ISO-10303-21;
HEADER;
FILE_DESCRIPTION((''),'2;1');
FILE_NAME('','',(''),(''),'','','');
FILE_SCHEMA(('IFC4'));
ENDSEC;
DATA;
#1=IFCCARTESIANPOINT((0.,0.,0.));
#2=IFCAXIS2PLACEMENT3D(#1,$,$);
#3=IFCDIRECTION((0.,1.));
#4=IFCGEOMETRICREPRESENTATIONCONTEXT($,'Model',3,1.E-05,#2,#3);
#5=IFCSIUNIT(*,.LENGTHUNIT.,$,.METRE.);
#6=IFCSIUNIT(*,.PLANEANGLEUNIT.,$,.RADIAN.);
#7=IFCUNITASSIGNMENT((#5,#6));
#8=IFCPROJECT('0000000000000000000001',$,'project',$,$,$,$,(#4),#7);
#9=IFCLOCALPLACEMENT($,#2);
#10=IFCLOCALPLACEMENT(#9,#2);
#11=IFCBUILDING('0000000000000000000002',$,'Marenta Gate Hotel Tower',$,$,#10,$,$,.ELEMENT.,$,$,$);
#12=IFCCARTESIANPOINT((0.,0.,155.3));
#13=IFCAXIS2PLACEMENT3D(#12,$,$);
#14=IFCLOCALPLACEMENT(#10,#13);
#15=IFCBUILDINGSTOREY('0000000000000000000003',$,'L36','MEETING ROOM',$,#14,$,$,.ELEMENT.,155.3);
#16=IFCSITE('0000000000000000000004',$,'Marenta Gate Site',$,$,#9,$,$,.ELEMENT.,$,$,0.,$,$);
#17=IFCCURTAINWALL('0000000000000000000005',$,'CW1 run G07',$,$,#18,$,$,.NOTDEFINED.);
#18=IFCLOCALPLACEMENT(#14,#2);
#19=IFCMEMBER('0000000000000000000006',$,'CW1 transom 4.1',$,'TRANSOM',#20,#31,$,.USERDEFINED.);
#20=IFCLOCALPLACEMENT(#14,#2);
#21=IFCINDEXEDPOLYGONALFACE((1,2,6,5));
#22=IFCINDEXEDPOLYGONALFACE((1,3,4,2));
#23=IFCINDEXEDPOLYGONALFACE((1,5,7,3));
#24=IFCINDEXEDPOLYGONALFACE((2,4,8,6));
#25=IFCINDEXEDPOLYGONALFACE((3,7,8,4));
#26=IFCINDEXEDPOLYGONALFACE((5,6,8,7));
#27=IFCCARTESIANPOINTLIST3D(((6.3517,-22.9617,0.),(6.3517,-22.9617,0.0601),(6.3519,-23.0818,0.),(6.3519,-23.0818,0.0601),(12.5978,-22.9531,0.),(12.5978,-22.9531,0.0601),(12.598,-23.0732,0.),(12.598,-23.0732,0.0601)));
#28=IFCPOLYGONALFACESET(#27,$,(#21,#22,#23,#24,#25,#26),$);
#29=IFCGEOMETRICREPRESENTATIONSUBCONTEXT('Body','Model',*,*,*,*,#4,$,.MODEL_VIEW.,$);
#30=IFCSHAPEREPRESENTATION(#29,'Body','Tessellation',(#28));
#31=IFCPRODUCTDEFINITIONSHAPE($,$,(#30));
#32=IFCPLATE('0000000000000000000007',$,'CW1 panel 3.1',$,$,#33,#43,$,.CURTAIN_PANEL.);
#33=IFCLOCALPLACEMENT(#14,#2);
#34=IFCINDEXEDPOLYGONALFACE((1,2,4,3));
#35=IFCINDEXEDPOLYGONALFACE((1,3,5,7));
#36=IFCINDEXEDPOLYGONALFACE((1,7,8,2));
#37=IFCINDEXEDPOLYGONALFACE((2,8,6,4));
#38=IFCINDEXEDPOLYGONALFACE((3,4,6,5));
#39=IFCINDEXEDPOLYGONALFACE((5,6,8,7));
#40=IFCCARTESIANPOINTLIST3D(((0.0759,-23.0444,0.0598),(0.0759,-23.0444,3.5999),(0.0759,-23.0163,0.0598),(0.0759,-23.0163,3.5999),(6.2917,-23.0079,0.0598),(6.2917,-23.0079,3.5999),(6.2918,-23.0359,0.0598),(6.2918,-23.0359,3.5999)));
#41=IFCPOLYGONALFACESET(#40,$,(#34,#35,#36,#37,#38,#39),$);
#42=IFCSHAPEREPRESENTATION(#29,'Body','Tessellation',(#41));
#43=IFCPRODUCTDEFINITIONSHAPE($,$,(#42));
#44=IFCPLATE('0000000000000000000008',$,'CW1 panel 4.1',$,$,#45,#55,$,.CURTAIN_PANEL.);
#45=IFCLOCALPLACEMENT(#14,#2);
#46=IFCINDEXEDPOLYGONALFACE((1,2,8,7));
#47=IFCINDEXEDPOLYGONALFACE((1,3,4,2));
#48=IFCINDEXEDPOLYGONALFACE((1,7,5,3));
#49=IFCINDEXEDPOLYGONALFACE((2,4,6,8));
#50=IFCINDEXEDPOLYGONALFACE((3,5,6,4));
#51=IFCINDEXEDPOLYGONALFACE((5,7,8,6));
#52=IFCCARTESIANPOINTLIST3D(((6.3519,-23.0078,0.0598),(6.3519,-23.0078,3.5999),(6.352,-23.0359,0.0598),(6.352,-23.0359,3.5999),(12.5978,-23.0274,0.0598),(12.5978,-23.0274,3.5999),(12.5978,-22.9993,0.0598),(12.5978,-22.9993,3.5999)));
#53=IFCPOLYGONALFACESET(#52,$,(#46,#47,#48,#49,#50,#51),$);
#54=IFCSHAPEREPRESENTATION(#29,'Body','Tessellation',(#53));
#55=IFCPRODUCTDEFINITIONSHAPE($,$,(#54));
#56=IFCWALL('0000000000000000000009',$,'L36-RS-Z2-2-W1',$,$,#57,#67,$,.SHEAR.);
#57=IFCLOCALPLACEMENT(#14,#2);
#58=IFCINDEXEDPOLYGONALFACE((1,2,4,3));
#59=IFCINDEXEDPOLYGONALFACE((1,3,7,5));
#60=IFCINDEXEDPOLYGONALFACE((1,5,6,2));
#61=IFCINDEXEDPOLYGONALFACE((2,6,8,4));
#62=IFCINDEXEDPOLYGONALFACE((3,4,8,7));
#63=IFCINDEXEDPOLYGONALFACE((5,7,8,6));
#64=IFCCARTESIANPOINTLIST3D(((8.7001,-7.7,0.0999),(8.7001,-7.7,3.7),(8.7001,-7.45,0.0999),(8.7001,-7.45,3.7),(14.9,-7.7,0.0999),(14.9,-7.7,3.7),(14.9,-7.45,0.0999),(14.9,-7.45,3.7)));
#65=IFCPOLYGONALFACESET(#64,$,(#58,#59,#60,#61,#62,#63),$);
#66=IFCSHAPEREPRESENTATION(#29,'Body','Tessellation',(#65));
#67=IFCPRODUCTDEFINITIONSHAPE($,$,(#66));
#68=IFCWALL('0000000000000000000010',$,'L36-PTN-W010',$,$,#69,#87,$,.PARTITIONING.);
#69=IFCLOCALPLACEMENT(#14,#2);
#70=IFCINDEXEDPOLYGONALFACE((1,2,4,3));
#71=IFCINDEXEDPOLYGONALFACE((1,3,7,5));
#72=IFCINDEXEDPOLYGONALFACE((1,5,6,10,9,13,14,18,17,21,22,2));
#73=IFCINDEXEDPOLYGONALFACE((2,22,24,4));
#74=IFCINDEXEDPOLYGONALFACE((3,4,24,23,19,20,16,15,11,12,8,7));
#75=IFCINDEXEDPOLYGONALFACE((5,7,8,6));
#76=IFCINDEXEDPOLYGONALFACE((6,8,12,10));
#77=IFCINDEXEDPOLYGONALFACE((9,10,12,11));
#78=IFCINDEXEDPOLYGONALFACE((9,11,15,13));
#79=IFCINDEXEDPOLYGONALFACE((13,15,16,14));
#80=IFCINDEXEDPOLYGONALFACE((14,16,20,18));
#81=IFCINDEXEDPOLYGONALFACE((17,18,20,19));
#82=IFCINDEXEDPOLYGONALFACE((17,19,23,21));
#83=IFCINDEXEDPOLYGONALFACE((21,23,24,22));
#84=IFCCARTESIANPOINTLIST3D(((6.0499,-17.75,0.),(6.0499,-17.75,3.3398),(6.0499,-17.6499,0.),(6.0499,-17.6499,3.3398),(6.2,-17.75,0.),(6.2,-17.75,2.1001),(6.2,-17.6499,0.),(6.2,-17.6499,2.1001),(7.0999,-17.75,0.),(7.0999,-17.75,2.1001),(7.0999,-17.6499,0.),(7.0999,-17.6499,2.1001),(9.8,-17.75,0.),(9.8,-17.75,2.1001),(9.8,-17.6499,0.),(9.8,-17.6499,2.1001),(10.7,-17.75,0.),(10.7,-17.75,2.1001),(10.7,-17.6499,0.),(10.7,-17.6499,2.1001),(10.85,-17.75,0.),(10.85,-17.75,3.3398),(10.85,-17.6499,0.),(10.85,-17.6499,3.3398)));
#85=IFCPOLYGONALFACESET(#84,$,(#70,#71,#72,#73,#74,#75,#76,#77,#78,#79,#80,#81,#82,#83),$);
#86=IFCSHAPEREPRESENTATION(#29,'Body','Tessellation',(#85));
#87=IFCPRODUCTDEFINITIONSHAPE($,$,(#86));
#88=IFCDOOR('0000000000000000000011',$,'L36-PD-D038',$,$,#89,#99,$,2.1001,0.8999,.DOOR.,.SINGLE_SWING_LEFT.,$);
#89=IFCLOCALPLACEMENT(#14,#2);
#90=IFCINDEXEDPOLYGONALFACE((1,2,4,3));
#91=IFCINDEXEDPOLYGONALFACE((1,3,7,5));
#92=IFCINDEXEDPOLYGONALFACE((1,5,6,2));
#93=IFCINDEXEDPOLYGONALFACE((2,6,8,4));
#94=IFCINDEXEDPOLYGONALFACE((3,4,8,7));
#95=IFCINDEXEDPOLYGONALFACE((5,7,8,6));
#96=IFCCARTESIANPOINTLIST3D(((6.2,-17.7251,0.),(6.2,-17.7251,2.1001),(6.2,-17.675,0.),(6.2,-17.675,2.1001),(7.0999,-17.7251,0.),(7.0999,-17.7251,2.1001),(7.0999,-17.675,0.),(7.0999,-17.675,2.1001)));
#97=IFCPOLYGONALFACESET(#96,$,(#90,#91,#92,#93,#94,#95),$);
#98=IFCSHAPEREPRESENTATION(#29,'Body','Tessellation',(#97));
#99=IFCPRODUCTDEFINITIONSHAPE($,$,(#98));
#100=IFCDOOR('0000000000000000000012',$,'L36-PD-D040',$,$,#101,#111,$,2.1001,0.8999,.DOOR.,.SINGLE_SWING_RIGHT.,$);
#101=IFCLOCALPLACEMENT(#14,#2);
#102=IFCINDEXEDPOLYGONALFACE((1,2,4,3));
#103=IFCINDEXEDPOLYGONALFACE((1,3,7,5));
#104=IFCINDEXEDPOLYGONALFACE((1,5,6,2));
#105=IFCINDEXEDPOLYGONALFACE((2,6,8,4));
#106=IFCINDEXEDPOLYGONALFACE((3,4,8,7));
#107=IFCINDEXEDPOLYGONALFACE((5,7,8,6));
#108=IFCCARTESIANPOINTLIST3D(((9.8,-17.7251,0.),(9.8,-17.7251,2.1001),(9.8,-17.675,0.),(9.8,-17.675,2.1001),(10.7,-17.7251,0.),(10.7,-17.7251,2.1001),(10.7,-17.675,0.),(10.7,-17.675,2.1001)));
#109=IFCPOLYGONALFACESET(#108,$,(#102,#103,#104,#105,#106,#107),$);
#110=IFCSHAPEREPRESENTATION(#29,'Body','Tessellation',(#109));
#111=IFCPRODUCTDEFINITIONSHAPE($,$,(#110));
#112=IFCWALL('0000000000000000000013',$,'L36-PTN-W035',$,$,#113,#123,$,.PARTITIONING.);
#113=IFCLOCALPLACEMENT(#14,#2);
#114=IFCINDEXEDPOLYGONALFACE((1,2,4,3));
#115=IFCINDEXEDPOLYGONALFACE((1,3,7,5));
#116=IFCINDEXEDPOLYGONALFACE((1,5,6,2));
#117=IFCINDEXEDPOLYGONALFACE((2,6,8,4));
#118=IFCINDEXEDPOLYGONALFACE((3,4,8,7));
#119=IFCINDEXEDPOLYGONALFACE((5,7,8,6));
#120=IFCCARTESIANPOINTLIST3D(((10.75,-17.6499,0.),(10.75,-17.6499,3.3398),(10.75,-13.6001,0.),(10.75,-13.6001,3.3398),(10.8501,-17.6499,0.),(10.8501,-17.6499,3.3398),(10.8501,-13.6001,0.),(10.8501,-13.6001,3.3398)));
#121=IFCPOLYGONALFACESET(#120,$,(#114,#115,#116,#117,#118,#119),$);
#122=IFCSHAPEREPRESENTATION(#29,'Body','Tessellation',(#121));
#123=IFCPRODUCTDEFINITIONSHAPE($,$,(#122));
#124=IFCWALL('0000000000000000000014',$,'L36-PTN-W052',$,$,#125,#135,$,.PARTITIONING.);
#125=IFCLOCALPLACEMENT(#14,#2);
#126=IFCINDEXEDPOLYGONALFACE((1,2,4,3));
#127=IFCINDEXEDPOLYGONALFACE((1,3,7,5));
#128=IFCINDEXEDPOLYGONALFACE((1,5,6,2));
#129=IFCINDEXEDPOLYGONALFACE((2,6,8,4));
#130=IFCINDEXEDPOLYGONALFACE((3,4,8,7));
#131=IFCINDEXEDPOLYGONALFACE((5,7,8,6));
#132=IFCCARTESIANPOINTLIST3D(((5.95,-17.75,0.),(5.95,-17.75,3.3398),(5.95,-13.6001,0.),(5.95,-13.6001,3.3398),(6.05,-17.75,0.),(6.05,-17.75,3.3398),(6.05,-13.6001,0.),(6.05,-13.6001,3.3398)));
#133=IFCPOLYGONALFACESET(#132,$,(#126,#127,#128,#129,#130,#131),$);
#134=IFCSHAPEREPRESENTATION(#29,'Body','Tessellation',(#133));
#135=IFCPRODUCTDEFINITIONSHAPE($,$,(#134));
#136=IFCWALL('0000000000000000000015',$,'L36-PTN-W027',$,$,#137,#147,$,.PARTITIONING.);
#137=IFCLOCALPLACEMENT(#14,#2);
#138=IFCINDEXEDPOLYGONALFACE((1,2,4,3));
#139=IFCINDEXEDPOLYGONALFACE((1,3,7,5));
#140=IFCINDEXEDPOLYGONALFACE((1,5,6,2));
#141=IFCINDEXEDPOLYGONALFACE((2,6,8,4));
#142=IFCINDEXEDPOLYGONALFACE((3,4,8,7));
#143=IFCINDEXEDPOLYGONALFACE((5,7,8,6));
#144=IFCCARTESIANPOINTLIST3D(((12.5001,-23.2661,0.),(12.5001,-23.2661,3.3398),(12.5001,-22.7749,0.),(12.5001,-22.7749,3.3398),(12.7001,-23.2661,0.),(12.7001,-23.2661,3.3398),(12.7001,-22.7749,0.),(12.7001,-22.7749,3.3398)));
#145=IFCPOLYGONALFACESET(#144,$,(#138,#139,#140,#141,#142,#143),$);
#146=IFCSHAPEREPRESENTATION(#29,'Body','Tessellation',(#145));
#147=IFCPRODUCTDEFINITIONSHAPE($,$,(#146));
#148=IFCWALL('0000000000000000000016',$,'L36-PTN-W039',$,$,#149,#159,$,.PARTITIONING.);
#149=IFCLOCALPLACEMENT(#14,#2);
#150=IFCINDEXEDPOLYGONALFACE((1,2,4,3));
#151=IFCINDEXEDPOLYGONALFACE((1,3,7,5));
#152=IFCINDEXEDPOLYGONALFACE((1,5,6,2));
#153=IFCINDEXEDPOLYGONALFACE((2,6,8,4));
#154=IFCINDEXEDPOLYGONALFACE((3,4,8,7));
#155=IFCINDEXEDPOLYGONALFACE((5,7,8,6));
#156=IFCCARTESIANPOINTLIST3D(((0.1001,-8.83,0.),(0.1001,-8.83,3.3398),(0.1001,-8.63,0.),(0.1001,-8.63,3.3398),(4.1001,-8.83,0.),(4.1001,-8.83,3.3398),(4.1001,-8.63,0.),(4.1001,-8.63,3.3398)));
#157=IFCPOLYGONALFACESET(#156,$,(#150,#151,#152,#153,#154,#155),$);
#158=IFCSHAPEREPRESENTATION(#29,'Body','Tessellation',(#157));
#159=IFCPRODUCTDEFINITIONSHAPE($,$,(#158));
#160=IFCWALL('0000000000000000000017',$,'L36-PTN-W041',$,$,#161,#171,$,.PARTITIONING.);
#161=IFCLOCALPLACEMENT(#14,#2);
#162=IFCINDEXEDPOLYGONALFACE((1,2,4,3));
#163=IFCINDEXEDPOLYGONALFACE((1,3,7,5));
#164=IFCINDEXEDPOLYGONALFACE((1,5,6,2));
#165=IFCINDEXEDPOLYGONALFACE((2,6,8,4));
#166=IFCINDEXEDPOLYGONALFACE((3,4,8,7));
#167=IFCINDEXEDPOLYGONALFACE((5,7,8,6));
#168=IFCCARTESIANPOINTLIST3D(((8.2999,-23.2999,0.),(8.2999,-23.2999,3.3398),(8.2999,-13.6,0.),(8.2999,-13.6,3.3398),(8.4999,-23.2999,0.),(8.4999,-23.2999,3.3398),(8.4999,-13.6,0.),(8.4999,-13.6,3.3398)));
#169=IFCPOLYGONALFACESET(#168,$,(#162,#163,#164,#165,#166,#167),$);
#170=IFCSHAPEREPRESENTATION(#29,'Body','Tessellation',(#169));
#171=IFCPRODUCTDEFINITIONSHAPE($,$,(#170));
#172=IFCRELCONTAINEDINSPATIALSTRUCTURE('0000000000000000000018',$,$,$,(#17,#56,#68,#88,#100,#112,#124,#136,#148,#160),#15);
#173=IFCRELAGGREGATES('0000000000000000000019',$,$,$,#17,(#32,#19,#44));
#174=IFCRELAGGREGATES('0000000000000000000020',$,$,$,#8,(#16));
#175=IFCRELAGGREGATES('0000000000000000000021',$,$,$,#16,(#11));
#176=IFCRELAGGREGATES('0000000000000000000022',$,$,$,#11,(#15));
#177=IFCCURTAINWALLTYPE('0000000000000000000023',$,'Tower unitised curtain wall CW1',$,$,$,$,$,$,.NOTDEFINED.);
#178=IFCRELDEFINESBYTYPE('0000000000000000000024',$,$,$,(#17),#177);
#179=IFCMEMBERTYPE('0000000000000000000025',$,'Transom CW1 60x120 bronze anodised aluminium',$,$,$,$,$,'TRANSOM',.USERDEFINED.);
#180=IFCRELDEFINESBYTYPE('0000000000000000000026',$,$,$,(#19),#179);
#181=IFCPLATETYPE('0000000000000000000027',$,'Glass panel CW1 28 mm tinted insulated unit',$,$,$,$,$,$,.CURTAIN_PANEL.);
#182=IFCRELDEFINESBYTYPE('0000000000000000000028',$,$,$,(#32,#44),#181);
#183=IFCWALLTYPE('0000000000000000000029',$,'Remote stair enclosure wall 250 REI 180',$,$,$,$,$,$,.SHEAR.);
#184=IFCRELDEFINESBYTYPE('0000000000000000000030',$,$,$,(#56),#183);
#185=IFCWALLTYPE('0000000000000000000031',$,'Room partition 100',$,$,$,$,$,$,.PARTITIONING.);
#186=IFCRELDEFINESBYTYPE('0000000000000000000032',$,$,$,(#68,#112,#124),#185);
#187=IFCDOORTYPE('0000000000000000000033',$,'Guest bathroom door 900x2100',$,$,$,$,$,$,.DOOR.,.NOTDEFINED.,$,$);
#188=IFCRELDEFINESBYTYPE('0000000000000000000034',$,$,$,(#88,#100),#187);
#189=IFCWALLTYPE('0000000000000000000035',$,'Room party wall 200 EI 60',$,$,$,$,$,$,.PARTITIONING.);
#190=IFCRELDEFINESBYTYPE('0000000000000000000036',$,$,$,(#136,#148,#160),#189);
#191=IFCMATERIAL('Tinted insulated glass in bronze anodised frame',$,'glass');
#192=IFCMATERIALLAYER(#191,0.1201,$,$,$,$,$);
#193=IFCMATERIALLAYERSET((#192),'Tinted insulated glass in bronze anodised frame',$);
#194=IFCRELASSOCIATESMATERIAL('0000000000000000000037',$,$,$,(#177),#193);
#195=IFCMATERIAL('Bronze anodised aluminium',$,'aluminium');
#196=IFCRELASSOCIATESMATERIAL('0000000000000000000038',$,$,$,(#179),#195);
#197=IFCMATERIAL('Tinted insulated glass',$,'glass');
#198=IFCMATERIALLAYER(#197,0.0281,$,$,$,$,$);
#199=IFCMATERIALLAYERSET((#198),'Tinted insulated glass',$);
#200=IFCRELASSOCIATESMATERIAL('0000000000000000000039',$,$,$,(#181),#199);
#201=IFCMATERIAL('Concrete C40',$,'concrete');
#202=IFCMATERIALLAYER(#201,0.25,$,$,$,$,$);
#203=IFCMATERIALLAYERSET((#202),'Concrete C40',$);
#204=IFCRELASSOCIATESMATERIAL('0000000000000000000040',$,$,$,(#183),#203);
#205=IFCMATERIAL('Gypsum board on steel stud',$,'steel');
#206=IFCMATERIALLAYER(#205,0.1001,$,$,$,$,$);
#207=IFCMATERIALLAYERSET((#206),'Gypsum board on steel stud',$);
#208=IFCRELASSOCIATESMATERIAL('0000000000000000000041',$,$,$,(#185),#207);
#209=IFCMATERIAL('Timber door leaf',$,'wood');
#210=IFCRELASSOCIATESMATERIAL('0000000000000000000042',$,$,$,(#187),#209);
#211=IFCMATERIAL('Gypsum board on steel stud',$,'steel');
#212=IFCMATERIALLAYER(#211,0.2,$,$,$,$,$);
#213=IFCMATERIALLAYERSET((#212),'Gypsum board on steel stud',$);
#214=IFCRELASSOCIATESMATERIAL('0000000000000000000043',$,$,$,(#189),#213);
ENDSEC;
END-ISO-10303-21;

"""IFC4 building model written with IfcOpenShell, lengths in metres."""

from ifc_helpers import new_model, si_unit, direction, frame, frame_2d, origin, origin_2d, place, context, subcontext, project, spatial, rectangle, extrude, material, layer, layer_set, material_profile, profile_set, type_object, element, fill, aggregate, save


model = new_model("IFC4")

# Units and contexts
model_context = context("Model", 3, precision=1e-05, world=origin(), true_north=direction((0.0, 1.0)))
body_context = subcontext(model_context, "Body", "Model", "MODEL_VIEW")
ifc_project = project(units=[si_unit("LENGTHUNIT", "METRE"), si_unit("PLANEANGLEUNIT", "RADIAN")], contexts=[model_context])

# Site, building, storey
site_placement = place(None, origin())
site = spatial("IfcSite", under=ifc_project, at=site_placement, Name="Marenta Gate Site", CompositionType="ELEMENT", RefElevation=0.0)
building_placement = place(site_placement, origin())
building = spatial("IfcBuilding", under=site, at=building_placement, Name="Marenta Gate Hotel Tower", CompositionType="ELEMENT")
storey_placement = place(building_placement, frame((0.0, 0.0, 155.3)))
storey = spatial("IfcBuildingStorey", under=building, at=storey_placement, Name="L36", Description="MEETING ROOM", CompositionType="ELEMENT", Elevation=155.3)

# Curtain wall, member, plates
ifc_material_1 = material(Name="Tinted insulated glass in bronze anodised frame", Category="glass")
ifc_layer_1 = layer(ifc_material_1, 0.1201)
ifc_layer_set_1 = layer_set([ifc_layer_1], Name="Tinted insulated glass in bronze anodised frame")
curtain_wall_type = type_object("IfcCurtainWallType", Name="Tower unitised curtain wall CW1", PredefinedType="NOTDEFINED", material=ifc_layer_set_1)
curtain_wall_placement = place(storey_placement, origin())
curtain_wall = element("IfcCurtainWall", 1, at=curtain_wall_placement, inside=storey, type_object=curtain_wall_type, Name="CW1 run G07", PredefinedType="NOTDEFINED")
ifc_material_2 = material(Name="Bronze anodised aluminium", Category="aluminium")
ifc_material_profile_1 = material_profile(ifc_material_2, rectangle(XDim=0.1201, YDim=0.0601, at=origin_2d()), Name="Transom CW1 60x120 bronze anodised aluminium")
ifc_profile_set_1 = profile_set([ifc_material_profile_1], Name="Bronze anodised aluminium")
member_type_1 = type_object("IfcMemberType", Name="Transom CW1 60x120 bronze anodised aluminium", ElementType="TRANSOM", PredefinedType="USERDEFINED", material=ifc_profile_set_1)
member_1_placement = place(storey_placement, frame((6.3518, -23.0217, 0.03), z_axis=(0.999999, 0.001368, 0.0), x_axis=(-0.001368, 0.999999, 0.0)))
member_1 = element("IfcMember", 2, at=member_1_placement, type_object=member_type_1, Name="CW1 transom 4.1", ObjectType="TRANSOM", PredefinedType="USERDEFINED", context=body_context, shape_type="SweptSolid", body=[
    extrude(rectangle(XDim=0.1201, YDim=0.0601, at=origin_2d()), origin(), (0.0, 0.0, 1.0), 6.2461),
])
ifc_material_3 = material(Name="Tinted insulated glass", Category="glass")
ifc_layer_2 = layer(ifc_material_3, 0.0281)
ifc_layer_set_2 = layer_set([ifc_layer_2], Name="Tinted insulated glass")
plate_type = type_object("IfcPlateType", Name="Glass panel CW1 28 mm tinted insulated unit", PredefinedType="CURTAIN_PANEL", material=ifc_layer_set_2)
plate_1_placement = place(storey_placement, frame((3.1838, -23.0261, 0.0598), z_axis=(0.0, 0.0, 1.0), x_axis=(0.999999, 0.001362, 0.0)))
plate_1 = element("IfcPlate", 3, at=plate_1_placement, type_object=plate_type, Name="CW1 panel 3.1", PredefinedType="CURTAIN_PANEL", context=body_context, shape_type="SweptSolid", body=[
    extrude(rectangle(XDim=6.2158, YDim=0.0281, at=origin_2d()), origin(), (0.0, 0.0, 1.0), 3.54),
])
plate_2_placement = place(storey_placement, frame((9.4749, -23.0176, 0.0598), z_axis=(0.0, 0.0, 1.0), x_axis=(0.999999, 0.001362, 0.0)))
plate_2 = element("IfcPlate", 4, at=plate_2_placement, type_object=plate_type, Name="CW1 panel 4.1", PredefinedType="CURTAIN_PANEL", context=body_context, shape_type="SweptSolid", body=[
    extrude(rectangle(XDim=6.2458, YDim=0.0281, at=origin_2d()), origin(), (0.0, 0.0, 1.0), 3.54),
])
aggregate(curtain_wall, [plate_1, member_1, plate_2])

# Wall
ifc_material_4 = material(Name="Concrete C40", Category="concrete")
ifc_layer_3 = layer(ifc_material_4, 0.25)
ifc_layer_set_3 = layer_set([ifc_layer_3], Name="Concrete C40")
wall_type_1 = type_object("IfcWallType", Name="Remote stair enclosure wall 250 REI 180", PredefinedType="SHEAR", material=ifc_layer_set_3)
wall_1_placement = place(storey_placement, frame((8.7, -7.575, 0.0999), z_axis=(0.0, 0.0, 1.0), x_axis=(1.0, 0.0, 0.0)))
element("IfcWall", 5, at=wall_1_placement, inside=storey, type_object=wall_type_1, Name="L36-RS-Z2-2-W1", PredefinedType="SHEAR", context=body_context, shape_type="SweptSolid", body=[
    extrude(rectangle(XDim=6.2, YDim=0.25, at=frame_2d((3.1001, 0.0))), origin(), (0.0, 0.0, 1.0), 3.6001),
])

# Wall, openings, doors
ifc_material_5 = material(Name="Gypsum board on steel stud", Category="steel")
ifc_layer_4 = layer(ifc_material_5, 0.1001)
ifc_layer_set_4 = layer_set([ifc_layer_4], Name="Gypsum board on steel stud")
wall_type_2 = type_object("IfcWallType", Name="Room partition 100", PredefinedType="PARTITIONING", material=ifc_layer_set_4)
wall_2_placement = place(storey_placement, frame((6.05, -17.7, 0.0), z_axis=(0.0, 0.0, 1.0), x_axis=(1.0, 0.0, 0.0)))
wall_2 = element("IfcWall", 6, at=wall_2_placement, inside=storey, type_object=wall_type_2, Name="L36-PTN-W010", PredefinedType="PARTITIONING", context=body_context, shape_type="SweptSolid", body=[
    extrude(rectangle(XDim=4.8, YDim=0.1001, at=frame_2d((2.3999, 0.0))), origin(), (0.0, 0.0, 1.0), 3.3398),
])
opening_1_placement = place(wall_2_placement, frame((0.1499, 0.0, 0.0)))
opening_1 = element("IfcOpeningElement", 7, at=opening_1_placement, cuts=wall_2, PredefinedType="OPENING", context=body_context, shape_type="SweptSolid", body=[
    extrude(rectangle(XDim=0.8999, YDim=2.1001, at=frame_2d((0.45, 1.05))), frame((0.0, 0.05, 0.0), z_axis=(0.0, -1.0, 0.0), x_axis=(1.0, 0.0, 0.0)), (0.0, 0.0, 1.0), 0.1001),
])
opening_2_placement = place(wall_2_placement, frame((3.75, 0.0, 0.0)))
opening_2 = element("IfcOpeningElement", 8, at=opening_2_placement, cuts=wall_2, PredefinedType="OPENING", context=body_context, shape_type="SweptSolid", body=[
    extrude(rectangle(XDim=0.8999, YDim=2.1001, at=frame_2d((0.45, 1.05))), frame((0.0, 0.05, 0.0), z_axis=(0.0, -1.0, 0.0), x_axis=(1.0, 0.0, 0.0)), (0.0, 0.0, 1.0), 0.1001),
])
ifc_material_6 = material(Name="Timber door leaf", Category="wood")
door_type = type_object("IfcDoorType", Name="Guest bathroom door 900x2100", OperationType="NOTDEFINED", PredefinedType="DOOR", material=ifc_material_6)
door_1_placement = place(opening_1_placement, origin())
door_1 = element("IfcDoor", 9, at=door_1_placement, inside=storey, type_object=door_type, Name="L36-PD-D038", OperationType="SINGLE_SWING_LEFT", OverallHeight=2.1001, OverallWidth=0.8999, PredefinedType="DOOR", context=body_context, shape_type="SweptSolid", body=[
    extrude(rectangle(XDim=0.8999, YDim=2.1001, at=frame_2d((0.45, 1.05))), frame((0.0, 0.0249, 0.0), z_axis=(0.0, -1.0, 0.0), x_axis=(1.0, 0.0, 0.0)), (0.0, 0.0, 1.0), 0.05),
])
fill(opening_1, door_1)
door_2_placement = place(opening_2_placement, origin())
door_2 = element("IfcDoor", 10, at=door_2_placement, inside=storey, type_object=door_type, Name="L36-PD-D040", OperationType="SINGLE_SWING_RIGHT", OverallHeight=2.1001, OverallWidth=0.8999, PredefinedType="DOOR", context=body_context, shape_type="SweptSolid", body=[
    extrude(rectangle(XDim=0.8999, YDim=2.1001, at=frame_2d((0.45, 1.05))), frame((0.0, 0.0249, 0.0), z_axis=(0.0, -1.0, 0.0), x_axis=(1.0, 0.0, 0.0)), (0.0, 0.0, 1.0), 0.05),
])
fill(opening_2, door_2)

# Walls
wall_3_placement = place(storey_placement, frame((10.8, -17.6499, 0.0), z_axis=(0.0, 0.0, 1.0), x_axis=(0.0, 1.0, 0.0)))
element("IfcWall", 11, at=wall_3_placement, inside=storey, type_object=wall_type_2, Name="L36-PTN-W035", PredefinedType="PARTITIONING", context=body_context, shape_type="SweptSolid", body=[
    extrude(rectangle(XDim=4.0498, YDim=0.1001, at=frame_2d((2.0249, 0.0))), origin(), (0.0, 0.0, 1.0), 3.3398),
])
wall_4_placement = place(storey_placement, frame((6.0, -17.75, 0.0), z_axis=(0.0, 0.0, 1.0), x_axis=(0.0, 1.0, 0.0)))
element("IfcWall", 12, at=wall_4_placement, inside=storey, type_object=wall_type_2, Name="L36-PTN-W052", PredefinedType="PARTITIONING", context=body_context, shape_type="SweptSolid", body=[
    extrude(rectangle(XDim=4.1499, YDim=0.1001, at=frame_2d((2.075, 0.0))), origin(), (0.0, 0.0, 1.0), 3.3398),
])
ifc_material_7 = material(Name="Gypsum board on steel stud", Category="steel")
ifc_layer_5 = layer(ifc_material_7, 0.2)
ifc_layer_set_5 = layer_set([ifc_layer_5], Name="Gypsum board on steel stud")
wall_type_3 = type_object("IfcWallType", Name="Room party wall 200 EI 60", PredefinedType="PARTITIONING", material=ifc_layer_set_5)
wall_5_placement = place(storey_placement, frame((12.6001, -23.2661, 0.0), z_axis=(0.0, 0.0, 1.0), x_axis=(0.0, 1.0, 0.0)))
element("IfcWall", 13, at=wall_5_placement, inside=storey, type_object=wall_type_3, Name="L36-PTN-W027", PredefinedType="PARTITIONING", context=body_context, shape_type="SweptSolid", body=[
    extrude(rectangle(XDim=0.4912, YDim=0.2, at=frame_2d((0.2456, 0.0))), origin(), (0.0, 0.0, 1.0), 3.3398),
])
wall_6_placement = place(storey_placement, frame((0.1001, -8.73, 0.0), z_axis=(0.0, 0.0, 1.0), x_axis=(1.0, 0.0, 0.0)))
element("IfcWall", 14, at=wall_6_placement, inside=storey, type_object=wall_type_3, Name="L36-PTN-W039", PredefinedType="PARTITIONING", context=body_context, shape_type="SweptSolid", body=[
    extrude(rectangle(XDim=4.0, YDim=0.2, at=frame_2d((2.0, 0.0))), origin(), (0.0, 0.0, 1.0), 3.3398),
])
wall_7_placement = place(storey_placement, frame((8.3999, -23.3, 0.0), z_axis=(0.0, 0.0, 1.0), x_axis=(0.0, 1.0, 0.0)))
element("IfcWall", 15, at=wall_7_placement, inside=storey, type_object=wall_type_3, Name="L36-PTN-W041", PredefinedType="PARTITIONING", context=body_context, shape_type="SweptSolid", body=[
    extrude(rectangle(XDim=9.7, YDim=0.2, at=frame_2d((4.8501, 0.0))), origin(), (0.0, 0.0, 1.0), 3.3398),
])

save(model, "model.ifc")
